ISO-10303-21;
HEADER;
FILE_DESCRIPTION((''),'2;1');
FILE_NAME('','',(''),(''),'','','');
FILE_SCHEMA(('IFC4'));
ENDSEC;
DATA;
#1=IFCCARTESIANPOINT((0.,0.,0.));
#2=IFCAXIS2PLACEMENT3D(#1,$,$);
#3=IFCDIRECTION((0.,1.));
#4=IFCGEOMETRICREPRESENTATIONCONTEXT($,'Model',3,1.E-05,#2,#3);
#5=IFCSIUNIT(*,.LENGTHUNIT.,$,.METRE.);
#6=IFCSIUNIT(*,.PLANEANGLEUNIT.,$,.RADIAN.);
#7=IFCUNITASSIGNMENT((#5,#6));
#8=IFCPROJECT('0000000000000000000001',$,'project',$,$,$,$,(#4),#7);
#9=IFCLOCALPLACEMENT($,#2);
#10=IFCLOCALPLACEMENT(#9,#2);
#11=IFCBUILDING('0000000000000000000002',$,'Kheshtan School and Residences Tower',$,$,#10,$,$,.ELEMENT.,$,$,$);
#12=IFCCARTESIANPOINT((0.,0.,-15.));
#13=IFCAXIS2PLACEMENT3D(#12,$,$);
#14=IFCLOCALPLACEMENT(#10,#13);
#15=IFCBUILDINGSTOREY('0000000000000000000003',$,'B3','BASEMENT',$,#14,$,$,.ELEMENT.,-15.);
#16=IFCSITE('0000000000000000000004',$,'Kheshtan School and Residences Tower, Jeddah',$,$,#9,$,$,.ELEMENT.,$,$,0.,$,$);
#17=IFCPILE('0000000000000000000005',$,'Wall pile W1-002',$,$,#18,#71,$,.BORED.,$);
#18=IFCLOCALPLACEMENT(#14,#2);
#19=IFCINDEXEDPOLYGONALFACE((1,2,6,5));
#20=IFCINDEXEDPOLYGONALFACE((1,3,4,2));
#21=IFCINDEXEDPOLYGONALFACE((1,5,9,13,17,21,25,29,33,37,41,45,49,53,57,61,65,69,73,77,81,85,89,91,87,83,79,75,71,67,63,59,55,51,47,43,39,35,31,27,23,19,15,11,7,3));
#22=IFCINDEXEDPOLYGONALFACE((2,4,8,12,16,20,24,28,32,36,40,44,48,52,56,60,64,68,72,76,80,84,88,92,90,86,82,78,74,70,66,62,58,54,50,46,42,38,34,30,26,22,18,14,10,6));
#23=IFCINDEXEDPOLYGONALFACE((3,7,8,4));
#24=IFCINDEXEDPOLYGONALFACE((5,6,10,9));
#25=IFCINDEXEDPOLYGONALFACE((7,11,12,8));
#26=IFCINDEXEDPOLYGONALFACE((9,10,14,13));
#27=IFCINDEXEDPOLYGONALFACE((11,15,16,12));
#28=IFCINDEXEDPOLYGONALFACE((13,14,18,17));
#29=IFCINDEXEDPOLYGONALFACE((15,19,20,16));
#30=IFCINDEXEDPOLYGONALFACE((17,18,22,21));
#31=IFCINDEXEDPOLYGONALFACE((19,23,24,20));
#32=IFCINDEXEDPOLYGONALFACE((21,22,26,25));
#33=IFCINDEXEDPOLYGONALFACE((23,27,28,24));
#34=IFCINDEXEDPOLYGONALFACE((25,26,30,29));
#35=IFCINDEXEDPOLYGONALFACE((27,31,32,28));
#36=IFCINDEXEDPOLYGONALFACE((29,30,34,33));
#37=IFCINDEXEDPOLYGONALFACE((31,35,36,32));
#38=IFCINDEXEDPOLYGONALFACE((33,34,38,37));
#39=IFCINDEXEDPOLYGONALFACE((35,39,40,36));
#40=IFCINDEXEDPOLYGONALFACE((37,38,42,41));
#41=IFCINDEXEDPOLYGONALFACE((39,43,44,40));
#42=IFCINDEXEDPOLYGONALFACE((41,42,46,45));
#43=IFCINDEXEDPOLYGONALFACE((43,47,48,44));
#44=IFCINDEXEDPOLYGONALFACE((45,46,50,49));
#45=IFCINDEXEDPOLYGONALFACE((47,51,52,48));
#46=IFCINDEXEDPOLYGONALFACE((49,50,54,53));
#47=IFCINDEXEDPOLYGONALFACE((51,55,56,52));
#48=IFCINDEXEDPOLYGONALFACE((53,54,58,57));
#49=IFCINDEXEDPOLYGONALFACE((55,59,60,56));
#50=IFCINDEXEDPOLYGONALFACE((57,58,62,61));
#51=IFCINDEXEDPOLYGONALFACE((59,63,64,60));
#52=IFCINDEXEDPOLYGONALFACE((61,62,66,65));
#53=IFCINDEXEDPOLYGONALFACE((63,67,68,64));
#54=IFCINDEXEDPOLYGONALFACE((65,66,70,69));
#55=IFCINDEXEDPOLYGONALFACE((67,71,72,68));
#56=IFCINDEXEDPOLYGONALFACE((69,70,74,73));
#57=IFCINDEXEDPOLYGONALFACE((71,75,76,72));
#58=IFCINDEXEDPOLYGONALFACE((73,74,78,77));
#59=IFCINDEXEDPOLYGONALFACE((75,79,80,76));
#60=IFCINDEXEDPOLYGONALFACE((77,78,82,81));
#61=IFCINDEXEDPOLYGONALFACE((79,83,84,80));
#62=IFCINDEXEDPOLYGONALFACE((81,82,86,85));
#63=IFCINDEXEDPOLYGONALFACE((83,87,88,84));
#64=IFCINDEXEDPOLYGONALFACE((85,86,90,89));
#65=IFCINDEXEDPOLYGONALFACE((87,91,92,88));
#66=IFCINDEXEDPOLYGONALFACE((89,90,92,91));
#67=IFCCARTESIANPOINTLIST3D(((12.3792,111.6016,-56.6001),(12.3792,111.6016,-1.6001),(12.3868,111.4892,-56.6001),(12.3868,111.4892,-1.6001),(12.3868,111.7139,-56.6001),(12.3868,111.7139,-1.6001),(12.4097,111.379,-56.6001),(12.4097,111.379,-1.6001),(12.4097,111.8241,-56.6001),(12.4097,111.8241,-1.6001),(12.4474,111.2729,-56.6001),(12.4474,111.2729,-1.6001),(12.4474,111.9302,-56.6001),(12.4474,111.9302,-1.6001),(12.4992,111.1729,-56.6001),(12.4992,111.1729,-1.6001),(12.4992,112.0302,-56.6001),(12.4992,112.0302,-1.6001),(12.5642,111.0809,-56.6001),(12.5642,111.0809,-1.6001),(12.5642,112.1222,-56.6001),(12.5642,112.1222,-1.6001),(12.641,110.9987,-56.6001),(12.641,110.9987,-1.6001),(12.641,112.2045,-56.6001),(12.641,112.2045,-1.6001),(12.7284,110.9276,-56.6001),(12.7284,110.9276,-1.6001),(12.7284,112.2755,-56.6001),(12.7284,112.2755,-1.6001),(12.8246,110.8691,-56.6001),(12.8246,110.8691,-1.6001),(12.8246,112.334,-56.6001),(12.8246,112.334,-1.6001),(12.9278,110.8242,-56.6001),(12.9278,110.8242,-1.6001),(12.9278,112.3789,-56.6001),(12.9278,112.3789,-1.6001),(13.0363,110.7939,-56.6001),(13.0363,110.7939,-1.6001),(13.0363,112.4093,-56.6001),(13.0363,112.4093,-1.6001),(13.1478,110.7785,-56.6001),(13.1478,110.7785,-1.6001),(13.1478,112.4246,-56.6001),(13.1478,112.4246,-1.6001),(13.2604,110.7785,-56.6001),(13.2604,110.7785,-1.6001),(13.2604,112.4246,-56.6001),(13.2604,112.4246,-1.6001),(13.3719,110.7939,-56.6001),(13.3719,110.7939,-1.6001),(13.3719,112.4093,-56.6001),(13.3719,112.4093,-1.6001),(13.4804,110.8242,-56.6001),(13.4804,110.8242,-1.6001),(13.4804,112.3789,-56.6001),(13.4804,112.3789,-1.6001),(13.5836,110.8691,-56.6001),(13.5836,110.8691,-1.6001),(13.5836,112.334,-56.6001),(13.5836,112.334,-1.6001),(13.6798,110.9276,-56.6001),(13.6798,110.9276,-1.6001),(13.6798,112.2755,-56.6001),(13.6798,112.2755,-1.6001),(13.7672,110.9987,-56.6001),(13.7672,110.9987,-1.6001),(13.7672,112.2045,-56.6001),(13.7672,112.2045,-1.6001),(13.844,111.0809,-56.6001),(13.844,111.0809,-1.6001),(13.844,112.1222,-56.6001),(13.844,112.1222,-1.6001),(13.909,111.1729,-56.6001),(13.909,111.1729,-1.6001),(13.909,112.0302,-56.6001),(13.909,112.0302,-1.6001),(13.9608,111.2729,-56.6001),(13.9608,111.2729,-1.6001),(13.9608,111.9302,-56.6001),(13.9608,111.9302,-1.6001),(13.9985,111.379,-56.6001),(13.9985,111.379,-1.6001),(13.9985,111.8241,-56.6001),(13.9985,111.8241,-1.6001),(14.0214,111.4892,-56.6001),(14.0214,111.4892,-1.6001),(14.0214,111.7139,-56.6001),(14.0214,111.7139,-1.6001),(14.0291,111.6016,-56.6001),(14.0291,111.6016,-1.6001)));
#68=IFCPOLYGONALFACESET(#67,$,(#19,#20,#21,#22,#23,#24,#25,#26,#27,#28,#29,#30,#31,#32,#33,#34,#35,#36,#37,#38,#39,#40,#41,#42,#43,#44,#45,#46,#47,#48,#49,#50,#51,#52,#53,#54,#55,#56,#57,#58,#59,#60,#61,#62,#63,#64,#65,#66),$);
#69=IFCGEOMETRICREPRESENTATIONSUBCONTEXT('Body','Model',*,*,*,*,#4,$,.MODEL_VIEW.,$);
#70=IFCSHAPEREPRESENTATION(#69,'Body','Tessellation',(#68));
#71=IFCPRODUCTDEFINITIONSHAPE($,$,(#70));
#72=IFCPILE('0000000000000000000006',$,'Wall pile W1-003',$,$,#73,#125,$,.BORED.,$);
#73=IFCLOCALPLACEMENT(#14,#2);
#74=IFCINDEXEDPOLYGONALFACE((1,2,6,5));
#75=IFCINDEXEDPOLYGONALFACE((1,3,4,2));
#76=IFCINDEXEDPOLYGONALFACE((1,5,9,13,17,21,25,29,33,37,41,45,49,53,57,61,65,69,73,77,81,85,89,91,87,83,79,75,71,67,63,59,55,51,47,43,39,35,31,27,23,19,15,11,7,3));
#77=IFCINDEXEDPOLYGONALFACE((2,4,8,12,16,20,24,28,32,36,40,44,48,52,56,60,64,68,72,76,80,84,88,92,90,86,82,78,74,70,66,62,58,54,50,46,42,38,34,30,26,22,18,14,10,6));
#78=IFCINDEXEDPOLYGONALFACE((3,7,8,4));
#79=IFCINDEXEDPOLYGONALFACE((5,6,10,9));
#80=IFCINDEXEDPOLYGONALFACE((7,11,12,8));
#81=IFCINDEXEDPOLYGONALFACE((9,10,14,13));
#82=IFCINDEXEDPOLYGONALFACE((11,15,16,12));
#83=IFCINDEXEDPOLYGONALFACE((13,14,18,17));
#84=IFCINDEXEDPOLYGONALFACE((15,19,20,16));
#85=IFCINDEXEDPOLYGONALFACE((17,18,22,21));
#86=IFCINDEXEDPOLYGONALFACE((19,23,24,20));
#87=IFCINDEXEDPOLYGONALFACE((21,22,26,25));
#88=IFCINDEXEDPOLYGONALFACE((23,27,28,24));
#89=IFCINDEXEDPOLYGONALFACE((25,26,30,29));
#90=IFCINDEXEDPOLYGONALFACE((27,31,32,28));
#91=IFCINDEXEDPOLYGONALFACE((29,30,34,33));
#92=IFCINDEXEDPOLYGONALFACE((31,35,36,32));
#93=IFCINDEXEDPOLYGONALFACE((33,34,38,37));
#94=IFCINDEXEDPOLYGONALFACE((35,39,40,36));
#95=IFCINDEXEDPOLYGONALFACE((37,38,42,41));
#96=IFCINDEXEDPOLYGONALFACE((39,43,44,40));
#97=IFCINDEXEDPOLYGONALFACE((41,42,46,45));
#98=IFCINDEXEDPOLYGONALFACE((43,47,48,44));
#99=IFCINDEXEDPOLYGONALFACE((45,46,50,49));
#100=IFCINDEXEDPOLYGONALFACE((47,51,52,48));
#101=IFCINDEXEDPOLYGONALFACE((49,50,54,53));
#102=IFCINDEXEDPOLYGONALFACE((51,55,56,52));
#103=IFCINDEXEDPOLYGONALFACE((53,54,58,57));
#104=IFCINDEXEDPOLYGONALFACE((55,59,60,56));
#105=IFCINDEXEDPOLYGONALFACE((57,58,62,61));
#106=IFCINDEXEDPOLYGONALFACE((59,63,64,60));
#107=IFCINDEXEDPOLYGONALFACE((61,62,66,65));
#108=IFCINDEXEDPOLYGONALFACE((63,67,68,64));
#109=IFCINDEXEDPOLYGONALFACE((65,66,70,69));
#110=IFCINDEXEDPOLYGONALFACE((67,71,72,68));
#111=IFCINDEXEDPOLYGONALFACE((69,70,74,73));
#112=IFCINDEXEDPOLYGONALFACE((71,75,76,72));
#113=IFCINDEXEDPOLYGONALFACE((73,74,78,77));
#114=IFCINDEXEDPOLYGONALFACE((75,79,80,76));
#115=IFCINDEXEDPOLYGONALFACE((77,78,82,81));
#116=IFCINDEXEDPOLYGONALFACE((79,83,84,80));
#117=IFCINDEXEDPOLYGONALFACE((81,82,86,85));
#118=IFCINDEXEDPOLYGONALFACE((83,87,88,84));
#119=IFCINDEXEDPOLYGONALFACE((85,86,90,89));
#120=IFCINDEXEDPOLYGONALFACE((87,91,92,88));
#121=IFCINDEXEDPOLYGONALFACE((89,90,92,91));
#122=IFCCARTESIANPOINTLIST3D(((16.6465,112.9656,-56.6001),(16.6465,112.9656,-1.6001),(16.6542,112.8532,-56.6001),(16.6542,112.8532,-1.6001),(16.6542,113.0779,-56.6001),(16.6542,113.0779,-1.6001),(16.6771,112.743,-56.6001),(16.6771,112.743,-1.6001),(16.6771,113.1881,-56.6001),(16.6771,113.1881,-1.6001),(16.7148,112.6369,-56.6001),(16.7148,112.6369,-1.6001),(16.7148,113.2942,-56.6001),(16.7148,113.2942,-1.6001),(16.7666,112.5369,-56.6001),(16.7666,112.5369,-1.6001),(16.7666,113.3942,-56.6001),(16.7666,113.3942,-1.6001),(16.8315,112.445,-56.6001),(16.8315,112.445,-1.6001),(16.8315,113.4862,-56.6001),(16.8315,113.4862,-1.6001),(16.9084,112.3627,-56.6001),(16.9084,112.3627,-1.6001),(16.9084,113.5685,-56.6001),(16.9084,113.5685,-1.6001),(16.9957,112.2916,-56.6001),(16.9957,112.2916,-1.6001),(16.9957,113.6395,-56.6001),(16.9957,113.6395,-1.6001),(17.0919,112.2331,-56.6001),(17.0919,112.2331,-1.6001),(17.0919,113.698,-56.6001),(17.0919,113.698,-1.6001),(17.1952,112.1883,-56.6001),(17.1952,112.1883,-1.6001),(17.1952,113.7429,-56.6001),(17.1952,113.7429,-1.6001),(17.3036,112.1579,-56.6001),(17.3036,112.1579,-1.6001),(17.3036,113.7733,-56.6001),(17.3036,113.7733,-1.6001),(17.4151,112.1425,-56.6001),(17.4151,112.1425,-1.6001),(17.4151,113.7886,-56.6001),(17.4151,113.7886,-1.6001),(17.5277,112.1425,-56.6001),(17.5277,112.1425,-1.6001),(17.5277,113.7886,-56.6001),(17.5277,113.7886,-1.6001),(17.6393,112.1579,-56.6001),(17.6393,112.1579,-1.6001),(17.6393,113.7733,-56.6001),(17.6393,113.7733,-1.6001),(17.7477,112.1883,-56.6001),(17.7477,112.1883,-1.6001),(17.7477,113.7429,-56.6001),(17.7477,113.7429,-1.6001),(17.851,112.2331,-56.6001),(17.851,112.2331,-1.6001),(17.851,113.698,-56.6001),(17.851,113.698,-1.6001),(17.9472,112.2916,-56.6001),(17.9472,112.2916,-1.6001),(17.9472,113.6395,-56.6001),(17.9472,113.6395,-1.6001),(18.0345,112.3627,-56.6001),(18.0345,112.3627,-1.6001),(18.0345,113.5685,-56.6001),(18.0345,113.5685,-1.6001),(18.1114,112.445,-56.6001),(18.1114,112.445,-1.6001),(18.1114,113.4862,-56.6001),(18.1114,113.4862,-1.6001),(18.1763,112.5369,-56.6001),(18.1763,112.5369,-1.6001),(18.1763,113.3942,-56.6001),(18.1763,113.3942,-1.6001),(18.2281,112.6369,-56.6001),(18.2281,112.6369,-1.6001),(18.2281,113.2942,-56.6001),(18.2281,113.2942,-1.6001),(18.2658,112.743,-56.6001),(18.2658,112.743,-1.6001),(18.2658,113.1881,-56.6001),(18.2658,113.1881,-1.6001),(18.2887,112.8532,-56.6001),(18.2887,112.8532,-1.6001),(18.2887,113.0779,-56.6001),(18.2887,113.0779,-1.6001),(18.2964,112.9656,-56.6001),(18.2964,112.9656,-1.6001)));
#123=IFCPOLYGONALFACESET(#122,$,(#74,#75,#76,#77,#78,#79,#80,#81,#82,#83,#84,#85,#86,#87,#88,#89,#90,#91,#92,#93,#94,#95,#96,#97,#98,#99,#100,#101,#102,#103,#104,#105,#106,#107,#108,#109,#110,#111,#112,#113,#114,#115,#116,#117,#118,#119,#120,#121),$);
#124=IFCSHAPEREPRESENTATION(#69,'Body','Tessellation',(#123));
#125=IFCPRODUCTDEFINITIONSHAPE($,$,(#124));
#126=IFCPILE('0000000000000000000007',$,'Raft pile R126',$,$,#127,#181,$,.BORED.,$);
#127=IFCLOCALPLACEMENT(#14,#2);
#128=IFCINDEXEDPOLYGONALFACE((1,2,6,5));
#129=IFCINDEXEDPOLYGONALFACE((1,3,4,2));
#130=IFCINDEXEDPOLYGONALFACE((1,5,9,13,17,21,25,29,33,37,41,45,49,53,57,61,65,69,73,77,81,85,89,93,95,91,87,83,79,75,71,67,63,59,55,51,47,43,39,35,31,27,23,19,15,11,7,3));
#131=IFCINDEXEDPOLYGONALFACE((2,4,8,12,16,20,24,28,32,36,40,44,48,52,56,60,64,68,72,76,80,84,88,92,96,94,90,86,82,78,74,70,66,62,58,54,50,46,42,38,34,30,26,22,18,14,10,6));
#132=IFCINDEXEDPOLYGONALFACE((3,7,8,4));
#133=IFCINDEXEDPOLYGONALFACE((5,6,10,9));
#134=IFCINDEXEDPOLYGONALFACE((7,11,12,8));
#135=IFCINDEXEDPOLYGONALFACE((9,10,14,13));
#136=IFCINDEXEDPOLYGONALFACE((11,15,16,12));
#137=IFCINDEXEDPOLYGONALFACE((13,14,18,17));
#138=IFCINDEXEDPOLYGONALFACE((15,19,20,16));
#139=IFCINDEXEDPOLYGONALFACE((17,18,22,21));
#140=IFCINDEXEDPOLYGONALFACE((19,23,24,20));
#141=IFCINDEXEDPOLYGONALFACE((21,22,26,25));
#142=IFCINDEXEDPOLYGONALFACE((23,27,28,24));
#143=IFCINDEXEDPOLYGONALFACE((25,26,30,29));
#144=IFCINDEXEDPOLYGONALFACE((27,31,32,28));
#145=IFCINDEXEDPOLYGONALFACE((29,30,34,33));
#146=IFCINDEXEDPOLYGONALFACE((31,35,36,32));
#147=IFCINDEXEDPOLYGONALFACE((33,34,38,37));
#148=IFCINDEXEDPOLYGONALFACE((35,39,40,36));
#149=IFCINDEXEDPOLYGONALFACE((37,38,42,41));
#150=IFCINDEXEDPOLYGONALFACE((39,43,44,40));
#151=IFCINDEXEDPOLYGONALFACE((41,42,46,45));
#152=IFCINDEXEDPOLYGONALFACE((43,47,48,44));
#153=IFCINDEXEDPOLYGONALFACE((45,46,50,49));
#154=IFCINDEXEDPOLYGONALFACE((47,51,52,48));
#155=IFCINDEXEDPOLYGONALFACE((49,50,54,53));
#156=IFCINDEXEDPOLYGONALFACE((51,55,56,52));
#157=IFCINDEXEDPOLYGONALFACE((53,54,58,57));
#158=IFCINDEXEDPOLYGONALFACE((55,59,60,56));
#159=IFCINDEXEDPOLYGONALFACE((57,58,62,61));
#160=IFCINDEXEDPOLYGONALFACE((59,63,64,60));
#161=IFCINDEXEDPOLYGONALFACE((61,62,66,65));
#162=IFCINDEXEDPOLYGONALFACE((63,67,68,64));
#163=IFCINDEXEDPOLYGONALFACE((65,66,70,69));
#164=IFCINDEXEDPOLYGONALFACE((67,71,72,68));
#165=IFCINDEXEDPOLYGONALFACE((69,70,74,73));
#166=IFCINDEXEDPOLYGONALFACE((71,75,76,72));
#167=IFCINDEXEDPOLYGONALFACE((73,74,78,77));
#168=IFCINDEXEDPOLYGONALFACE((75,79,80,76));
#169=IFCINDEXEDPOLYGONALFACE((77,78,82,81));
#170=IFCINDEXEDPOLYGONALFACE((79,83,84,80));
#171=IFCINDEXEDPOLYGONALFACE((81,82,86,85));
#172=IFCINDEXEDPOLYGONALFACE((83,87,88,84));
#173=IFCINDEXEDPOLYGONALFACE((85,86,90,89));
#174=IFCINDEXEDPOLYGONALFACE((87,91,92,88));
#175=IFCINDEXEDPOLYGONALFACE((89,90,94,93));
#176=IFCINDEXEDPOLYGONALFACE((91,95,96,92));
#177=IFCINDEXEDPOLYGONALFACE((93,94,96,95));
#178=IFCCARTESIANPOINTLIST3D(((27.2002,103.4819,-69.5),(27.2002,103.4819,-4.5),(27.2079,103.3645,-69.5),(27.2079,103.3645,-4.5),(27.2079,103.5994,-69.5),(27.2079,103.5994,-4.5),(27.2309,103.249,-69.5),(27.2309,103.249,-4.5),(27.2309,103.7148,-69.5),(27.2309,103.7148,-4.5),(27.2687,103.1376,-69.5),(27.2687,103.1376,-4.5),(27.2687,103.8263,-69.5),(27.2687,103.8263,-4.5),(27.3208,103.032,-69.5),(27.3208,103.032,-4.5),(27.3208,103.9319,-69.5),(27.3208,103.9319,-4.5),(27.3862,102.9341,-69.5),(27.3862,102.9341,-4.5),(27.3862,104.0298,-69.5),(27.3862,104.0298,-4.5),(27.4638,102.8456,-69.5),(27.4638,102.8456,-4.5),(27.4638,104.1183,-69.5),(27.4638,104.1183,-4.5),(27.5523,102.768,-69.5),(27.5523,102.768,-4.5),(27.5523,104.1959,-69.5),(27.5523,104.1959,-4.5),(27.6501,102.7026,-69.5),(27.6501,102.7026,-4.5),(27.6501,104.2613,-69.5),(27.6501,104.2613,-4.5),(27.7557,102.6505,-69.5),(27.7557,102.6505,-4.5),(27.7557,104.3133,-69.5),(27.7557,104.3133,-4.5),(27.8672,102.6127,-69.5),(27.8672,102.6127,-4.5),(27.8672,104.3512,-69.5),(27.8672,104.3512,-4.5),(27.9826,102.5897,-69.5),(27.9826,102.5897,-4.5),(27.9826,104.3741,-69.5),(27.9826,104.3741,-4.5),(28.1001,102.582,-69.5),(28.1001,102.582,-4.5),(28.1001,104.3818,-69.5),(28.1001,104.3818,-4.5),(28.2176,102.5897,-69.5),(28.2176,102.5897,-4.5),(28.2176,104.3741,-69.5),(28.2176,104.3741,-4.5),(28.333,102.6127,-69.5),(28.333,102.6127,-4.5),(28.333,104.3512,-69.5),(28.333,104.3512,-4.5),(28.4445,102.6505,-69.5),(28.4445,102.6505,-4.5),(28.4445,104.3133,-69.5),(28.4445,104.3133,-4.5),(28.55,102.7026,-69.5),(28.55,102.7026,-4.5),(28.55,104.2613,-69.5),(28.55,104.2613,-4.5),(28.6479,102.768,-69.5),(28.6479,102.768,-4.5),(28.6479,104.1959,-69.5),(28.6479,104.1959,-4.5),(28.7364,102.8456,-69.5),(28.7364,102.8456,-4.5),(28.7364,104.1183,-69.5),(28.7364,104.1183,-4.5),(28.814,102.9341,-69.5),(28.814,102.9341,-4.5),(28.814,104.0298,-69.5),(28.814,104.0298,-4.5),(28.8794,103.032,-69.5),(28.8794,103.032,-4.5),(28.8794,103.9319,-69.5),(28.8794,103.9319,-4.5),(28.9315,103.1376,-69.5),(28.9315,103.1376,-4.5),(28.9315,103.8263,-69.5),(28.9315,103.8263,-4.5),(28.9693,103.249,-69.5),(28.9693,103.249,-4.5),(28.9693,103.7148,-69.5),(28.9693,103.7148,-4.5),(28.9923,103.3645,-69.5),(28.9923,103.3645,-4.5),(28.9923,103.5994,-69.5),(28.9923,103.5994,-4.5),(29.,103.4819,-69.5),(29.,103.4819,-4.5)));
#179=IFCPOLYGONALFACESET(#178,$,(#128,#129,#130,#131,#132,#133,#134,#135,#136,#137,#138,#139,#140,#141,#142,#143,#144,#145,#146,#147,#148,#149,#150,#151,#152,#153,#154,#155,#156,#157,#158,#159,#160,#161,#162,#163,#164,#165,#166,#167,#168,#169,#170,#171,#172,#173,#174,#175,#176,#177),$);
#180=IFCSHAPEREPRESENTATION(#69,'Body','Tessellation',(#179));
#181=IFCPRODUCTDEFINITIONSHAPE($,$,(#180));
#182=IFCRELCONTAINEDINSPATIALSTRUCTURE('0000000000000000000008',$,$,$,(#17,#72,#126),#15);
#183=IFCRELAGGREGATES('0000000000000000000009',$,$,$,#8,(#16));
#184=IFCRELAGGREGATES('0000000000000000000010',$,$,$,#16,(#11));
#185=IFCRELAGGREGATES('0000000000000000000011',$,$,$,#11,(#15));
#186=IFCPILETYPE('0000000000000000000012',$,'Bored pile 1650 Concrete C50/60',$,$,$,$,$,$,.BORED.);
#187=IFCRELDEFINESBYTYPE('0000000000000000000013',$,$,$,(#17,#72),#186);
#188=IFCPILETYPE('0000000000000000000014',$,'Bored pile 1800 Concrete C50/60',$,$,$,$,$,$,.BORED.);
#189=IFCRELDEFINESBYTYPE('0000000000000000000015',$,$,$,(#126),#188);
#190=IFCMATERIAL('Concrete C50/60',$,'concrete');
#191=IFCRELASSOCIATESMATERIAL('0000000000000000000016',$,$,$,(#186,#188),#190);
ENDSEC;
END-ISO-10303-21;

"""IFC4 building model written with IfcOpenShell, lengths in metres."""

from ifc_helpers import new_model, si_unit, direction, frame, origin, origin_2d, place, context, subcontext, project, spatial, circle, extrude, material, material_profile, profile_set, type_object, element, save


model = new_model("IFC4")

# Units and contexts
model_context = context("Model", 3, precision=1e-05, world=origin(), true_north=direction((0.0, 1.0)))
body_context = subcontext(model_context, "Body", "Model", "MODEL_VIEW")
ifc_project = project(units=[si_unit("LENGTHUNIT", "METRE"), si_unit("PLANEANGLEUNIT", "RADIAN")], contexts=[model_context])

# Site, building, storey
site_placement = place(None, origin())
site = spatial("IfcSite", under=ifc_project, at=site_placement, Name="Kheshtan School and Residences Tower, Jeddah", CompositionType="ELEMENT", RefElevation=0.0)
building_placement = place(site_placement, origin())
building = spatial("IfcBuilding", under=site, at=building_placement, Name="Kheshtan School and Residences Tower", CompositionType="ELEMENT")
storey_placement = place(building_placement, frame((0.0, 0.0, -15.0)))
storey = spatial("IfcBuildingStorey", under=building, at=storey_placement, Name="B3", Description="BASEMENT", CompositionType="ELEMENT", Elevation=-15.0)

# Piles
ifc_material_1 = material(Name="Concrete C50/60", Category="concrete")
ifc_material_profile_1 = material_profile(ifc_material_1, circle(Radius=0.825, at=origin_2d()), Name="BP 1650")
ifc_profile_set_1 = profile_set([ifc_material_profile_1], Name="Concrete C50/60")
pile_type_1 = type_object("IfcPileType", Name="Bored pile 1650 Concrete C50/60", PredefinedType="BORED", material=ifc_profile_set_1)
for number, where, z_axis, x_axis, name in (
    (1, (13.2041, 111.6016, -1.6001), (0.0, 0.0, -1.0), (1.0, 0.0, 0.0), "Wall pile W1-002"),
    (2, (17.4714, 112.9656, -1.6001), (0.0, 0.0, -1.0), (1.0, 0.0, 0.0), "Wall pile W1-003"),
):
    element("IfcPile", number, at=place(storey_placement, frame(where, z_axis=z_axis, x_axis=x_axis)), inside=storey, type_object=pile_type_1, Name=name, PredefinedType="BORED", context=body_context, shape_type="SweptSolid", body=[
        extrude(circle(Radius=0.825, at=origin_2d()), origin(), (0.0, 0.0, 1.0), 55.0),
    ])
ifc_material_profile_2 = material_profile(ifc_material_1, circle(Radius=0.8999, at=origin_2d()), Name="BP 1800")
ifc_profile_set_2 = profile_set([ifc_material_profile_2], Name="Concrete C50/60")
pile_type_2 = type_object("IfcPileType", Name="Bored pile 1800 Concrete C50/60", PredefinedType="BORED", material=ifc_profile_set_2)
pile_placement = place(storey_placement, frame((28.1001, 103.4819, -4.5), z_axis=(0.0, 0.0, -1.0), x_axis=(1.0, 0.0, 0.0)))
element("IfcPile", 3, at=pile_placement, inside=storey, type_object=pile_type_2, Name="Raft pile R126", PredefinedType="BORED", context=body_context, shape_type="SweptSolid", body=[
    extrude(circle(Radius=0.8999, at=origin_2d()), origin(), (0.0, 0.0, 1.0), 65.0),
])

save(model, "model.ifc")
